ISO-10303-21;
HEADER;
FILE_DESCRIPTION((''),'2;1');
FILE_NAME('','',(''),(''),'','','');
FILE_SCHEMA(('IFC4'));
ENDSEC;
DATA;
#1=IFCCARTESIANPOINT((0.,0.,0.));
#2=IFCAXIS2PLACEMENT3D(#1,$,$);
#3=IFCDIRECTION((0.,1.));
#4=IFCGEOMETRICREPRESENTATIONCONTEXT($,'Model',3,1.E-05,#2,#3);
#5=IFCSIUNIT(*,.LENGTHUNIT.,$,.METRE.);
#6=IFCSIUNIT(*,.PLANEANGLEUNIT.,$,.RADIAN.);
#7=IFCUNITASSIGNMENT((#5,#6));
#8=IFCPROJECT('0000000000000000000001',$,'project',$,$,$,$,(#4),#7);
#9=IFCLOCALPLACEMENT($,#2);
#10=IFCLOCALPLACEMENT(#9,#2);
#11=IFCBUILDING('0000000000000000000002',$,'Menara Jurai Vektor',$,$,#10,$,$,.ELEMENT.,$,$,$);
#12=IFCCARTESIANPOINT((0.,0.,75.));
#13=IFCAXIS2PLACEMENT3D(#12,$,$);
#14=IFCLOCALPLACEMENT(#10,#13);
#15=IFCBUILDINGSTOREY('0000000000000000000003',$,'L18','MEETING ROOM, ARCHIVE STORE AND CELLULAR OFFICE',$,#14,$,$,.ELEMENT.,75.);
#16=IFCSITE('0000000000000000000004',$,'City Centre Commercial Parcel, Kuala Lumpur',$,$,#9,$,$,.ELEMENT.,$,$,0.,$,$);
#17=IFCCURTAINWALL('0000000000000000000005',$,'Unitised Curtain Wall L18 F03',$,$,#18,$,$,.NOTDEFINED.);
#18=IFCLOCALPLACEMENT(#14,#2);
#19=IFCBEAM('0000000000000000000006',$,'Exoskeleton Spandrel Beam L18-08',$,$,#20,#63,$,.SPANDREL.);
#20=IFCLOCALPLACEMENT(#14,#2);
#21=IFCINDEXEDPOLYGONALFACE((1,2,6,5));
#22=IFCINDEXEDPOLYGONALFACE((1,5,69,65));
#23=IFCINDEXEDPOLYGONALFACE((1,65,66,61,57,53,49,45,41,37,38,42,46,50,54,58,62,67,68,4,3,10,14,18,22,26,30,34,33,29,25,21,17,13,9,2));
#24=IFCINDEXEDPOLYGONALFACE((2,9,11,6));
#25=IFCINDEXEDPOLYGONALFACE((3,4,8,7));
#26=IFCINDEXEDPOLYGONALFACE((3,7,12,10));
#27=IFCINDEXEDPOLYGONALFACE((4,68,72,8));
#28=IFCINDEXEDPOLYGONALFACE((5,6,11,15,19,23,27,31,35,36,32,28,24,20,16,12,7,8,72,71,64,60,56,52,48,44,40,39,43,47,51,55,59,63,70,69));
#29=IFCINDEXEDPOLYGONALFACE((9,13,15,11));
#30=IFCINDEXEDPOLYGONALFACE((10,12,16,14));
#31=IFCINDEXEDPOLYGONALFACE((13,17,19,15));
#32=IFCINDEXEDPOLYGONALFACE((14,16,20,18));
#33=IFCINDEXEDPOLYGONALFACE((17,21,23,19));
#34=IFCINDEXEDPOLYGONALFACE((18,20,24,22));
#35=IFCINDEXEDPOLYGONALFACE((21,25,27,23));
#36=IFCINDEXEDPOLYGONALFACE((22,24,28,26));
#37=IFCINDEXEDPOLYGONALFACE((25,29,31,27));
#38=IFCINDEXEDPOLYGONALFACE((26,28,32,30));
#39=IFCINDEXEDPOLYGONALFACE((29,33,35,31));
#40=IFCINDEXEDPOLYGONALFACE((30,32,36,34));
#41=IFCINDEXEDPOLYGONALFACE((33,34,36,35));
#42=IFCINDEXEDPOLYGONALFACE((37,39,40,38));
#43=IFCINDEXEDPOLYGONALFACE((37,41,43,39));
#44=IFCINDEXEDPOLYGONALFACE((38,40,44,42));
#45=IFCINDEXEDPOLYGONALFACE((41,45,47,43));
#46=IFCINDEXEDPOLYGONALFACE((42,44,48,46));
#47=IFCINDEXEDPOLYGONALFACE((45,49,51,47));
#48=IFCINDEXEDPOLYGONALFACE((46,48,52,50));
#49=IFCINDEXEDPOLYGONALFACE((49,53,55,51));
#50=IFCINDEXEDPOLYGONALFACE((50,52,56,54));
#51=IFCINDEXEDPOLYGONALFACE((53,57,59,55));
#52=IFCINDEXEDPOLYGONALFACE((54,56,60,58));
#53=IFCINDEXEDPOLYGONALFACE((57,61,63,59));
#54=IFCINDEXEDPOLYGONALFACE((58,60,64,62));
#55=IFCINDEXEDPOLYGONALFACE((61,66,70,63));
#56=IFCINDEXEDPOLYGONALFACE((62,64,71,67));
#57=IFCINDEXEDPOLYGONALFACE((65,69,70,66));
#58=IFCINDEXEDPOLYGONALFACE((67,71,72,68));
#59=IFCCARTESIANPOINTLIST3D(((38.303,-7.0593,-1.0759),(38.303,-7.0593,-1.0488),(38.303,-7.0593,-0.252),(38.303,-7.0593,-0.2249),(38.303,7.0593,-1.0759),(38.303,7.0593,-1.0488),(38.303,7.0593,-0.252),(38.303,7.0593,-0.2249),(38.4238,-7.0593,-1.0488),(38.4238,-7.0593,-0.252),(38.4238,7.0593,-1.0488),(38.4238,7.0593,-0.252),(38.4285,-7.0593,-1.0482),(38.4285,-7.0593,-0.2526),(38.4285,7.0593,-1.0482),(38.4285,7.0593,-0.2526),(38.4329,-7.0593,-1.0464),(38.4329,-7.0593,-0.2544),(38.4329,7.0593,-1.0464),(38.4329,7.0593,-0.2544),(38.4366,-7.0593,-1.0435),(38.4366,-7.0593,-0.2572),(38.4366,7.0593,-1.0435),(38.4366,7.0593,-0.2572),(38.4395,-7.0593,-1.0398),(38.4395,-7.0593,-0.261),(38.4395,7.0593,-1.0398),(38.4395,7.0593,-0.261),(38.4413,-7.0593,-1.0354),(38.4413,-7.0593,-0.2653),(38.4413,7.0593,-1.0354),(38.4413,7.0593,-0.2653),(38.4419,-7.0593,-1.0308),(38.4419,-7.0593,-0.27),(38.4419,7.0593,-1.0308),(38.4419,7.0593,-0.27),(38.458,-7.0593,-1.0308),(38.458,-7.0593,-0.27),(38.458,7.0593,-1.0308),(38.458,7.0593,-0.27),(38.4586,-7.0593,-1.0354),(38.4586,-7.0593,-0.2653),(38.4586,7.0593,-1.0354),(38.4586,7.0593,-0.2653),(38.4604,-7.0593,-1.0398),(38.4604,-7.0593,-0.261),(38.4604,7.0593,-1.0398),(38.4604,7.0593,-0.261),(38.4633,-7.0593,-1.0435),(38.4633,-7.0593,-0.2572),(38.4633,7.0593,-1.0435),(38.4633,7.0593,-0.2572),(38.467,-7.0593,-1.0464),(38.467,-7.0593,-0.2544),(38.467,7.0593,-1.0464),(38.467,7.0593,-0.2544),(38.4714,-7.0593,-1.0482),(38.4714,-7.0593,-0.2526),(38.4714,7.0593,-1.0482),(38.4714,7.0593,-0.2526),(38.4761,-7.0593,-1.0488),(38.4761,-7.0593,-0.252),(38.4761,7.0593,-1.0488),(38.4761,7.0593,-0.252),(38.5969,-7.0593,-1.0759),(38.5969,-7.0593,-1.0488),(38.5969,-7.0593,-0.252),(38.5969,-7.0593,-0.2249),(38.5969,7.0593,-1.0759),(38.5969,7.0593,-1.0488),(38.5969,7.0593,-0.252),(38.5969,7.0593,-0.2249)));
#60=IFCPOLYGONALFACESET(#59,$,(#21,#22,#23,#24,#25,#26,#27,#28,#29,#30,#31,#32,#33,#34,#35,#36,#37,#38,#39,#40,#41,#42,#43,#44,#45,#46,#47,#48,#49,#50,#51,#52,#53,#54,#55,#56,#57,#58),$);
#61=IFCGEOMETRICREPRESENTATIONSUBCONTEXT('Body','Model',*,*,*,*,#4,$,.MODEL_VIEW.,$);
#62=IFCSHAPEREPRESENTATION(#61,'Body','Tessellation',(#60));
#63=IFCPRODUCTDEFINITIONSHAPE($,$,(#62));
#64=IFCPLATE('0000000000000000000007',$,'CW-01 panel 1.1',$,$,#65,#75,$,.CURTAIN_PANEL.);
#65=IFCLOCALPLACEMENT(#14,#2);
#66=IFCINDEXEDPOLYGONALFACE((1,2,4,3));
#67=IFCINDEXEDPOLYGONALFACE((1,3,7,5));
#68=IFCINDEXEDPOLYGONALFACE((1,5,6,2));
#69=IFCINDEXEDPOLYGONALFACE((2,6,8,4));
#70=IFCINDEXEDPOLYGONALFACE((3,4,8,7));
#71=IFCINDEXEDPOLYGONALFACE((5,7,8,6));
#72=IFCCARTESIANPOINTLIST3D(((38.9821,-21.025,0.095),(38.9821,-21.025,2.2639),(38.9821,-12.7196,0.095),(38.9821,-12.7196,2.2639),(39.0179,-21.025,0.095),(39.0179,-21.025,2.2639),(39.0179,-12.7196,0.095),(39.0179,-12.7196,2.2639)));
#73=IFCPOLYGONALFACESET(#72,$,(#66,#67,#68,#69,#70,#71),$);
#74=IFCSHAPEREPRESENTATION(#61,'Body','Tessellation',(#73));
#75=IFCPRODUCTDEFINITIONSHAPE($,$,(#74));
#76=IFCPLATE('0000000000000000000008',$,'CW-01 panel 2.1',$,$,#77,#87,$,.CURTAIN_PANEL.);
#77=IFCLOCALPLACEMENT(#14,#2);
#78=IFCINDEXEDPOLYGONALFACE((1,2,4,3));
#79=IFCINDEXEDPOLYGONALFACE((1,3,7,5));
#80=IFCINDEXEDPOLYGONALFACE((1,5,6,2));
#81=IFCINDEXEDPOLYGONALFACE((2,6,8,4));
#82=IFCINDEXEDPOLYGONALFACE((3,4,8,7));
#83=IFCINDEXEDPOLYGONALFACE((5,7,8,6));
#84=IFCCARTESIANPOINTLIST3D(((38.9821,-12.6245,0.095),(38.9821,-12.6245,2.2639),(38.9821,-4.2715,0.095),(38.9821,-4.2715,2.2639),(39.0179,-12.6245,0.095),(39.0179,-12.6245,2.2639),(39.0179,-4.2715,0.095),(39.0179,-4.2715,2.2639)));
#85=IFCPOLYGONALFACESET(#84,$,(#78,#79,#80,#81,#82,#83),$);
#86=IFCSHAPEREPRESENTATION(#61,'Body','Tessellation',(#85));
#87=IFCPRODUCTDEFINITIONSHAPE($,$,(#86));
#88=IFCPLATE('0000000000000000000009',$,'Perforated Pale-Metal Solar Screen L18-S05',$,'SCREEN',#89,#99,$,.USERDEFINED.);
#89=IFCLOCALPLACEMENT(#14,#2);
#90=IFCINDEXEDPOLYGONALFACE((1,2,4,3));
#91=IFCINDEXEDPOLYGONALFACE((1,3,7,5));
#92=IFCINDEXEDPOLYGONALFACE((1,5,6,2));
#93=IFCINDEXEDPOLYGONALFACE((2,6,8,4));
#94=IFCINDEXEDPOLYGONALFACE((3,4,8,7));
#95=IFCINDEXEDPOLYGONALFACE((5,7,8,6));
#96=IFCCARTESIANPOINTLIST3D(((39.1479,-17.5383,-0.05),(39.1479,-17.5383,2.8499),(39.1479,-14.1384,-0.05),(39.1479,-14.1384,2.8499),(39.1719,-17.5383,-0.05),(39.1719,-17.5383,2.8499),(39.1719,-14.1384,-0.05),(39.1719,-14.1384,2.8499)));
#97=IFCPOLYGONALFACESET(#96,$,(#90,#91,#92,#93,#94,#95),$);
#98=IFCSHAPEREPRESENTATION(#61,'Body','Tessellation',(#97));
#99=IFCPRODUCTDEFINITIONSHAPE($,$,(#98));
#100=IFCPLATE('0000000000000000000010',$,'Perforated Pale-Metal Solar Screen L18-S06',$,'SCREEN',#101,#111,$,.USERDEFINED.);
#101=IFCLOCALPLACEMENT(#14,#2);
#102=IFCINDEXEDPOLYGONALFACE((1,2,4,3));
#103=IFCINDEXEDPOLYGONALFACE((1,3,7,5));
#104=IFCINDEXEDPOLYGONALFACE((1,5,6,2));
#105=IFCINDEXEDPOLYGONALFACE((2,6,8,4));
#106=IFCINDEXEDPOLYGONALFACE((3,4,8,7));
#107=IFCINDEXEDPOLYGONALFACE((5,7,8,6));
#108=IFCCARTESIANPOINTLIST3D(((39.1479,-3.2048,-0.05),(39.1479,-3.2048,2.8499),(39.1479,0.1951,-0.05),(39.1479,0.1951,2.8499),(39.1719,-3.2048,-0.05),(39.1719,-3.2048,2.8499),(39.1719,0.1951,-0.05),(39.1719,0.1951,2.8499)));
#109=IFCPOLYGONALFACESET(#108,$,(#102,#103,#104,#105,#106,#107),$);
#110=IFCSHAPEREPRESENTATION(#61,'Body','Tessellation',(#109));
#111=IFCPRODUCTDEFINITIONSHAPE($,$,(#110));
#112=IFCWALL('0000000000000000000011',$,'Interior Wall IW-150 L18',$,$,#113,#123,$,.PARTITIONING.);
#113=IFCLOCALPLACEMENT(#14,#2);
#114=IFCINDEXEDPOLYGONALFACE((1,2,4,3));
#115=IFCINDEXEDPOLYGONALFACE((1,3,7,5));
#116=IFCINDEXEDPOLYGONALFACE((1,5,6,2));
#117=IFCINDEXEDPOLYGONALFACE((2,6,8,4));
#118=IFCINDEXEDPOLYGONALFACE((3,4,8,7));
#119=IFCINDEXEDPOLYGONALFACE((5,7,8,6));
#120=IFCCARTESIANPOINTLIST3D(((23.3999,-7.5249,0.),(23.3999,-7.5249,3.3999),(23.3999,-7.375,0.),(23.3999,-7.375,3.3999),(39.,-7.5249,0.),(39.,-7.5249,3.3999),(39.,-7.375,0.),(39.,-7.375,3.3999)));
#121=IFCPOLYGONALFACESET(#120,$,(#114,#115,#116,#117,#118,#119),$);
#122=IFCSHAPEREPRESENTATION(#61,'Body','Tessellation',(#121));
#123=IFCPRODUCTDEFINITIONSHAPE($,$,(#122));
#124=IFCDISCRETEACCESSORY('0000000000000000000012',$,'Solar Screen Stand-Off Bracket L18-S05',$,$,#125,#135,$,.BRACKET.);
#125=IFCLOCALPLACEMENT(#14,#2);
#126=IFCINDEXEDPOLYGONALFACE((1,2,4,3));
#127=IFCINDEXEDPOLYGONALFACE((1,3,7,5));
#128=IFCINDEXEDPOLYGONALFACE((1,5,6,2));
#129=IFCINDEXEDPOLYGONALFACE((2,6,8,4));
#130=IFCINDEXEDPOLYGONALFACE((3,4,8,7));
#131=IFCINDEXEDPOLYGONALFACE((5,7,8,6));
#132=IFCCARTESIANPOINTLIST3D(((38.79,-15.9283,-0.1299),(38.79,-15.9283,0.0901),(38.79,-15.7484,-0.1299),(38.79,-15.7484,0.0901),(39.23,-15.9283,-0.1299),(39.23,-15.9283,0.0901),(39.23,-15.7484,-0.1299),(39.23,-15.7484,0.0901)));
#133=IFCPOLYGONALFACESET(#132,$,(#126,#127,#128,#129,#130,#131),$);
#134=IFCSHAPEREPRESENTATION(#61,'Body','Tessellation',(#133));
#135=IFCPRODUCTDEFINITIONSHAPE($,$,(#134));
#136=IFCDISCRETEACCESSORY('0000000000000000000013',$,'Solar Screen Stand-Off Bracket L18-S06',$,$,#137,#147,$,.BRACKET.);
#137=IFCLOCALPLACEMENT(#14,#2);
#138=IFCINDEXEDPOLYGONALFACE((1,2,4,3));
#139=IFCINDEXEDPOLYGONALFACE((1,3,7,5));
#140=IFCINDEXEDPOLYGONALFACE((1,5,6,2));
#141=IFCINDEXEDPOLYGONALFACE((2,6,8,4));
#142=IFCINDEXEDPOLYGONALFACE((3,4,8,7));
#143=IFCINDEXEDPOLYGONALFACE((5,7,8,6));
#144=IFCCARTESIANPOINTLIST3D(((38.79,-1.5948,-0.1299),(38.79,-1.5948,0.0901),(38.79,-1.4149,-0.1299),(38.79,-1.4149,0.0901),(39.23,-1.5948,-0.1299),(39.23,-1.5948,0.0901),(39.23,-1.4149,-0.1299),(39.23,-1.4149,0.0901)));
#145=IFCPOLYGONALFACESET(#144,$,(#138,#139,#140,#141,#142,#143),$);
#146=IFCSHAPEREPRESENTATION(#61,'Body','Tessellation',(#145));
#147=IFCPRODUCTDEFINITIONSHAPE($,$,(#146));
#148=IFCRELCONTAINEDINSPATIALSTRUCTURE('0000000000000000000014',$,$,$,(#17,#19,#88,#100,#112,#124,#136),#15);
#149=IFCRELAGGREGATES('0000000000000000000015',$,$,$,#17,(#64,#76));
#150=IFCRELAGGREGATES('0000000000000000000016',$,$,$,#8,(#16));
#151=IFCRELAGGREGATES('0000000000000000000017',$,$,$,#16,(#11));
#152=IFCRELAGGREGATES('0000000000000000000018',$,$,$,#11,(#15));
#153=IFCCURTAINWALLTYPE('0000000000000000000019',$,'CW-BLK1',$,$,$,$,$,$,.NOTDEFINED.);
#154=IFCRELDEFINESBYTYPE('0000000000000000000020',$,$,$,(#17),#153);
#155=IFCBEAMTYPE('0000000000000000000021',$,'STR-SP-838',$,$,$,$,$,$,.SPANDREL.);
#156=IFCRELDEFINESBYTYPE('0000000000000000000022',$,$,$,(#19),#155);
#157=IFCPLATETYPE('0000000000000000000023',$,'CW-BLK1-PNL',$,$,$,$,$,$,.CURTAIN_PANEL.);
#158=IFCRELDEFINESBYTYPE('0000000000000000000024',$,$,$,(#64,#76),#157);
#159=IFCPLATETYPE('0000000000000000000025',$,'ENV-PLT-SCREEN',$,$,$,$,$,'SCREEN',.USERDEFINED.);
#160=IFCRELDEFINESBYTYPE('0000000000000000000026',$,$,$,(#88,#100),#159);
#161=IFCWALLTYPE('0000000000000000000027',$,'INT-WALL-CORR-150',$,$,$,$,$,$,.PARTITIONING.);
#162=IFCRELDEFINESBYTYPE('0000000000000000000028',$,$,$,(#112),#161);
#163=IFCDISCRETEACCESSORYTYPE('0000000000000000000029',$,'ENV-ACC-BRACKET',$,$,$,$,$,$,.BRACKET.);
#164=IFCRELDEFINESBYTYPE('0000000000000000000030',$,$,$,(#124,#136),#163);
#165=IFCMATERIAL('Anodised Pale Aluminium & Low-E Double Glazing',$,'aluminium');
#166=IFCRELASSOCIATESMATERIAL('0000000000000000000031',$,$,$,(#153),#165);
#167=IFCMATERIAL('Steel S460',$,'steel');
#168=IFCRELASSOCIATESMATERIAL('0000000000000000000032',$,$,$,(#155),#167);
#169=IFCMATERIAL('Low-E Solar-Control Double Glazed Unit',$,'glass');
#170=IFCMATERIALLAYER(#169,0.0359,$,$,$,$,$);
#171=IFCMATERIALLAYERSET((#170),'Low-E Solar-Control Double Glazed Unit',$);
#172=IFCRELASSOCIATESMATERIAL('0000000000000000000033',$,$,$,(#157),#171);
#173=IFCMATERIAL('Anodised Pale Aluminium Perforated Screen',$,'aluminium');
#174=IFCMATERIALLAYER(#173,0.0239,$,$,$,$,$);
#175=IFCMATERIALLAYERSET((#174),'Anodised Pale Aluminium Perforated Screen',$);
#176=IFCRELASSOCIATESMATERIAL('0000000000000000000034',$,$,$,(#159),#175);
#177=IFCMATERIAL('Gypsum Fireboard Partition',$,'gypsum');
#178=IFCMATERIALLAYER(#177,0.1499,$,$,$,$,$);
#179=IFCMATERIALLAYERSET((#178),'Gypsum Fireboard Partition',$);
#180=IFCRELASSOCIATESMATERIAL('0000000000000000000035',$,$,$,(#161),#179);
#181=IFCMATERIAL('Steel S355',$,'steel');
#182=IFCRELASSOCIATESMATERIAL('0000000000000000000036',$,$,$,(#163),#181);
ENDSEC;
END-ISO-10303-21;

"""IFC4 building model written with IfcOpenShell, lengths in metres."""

from ifc_helpers import new_model, si_unit, direction, frame, frame_2d, origin, origin_2d, place, context, subcontext, project, spatial, rectangle, i_section, extrude, material, layer, layer_set, material_profile, profile_set, type_object, element, aggregate, save


model = new_model("IFC4")

# Units and contexts
model_context = context("Model", 3, precision=1e-05, world=origin(), true_north=direction((0.0, 1.0)))
body_context = subcontext(model_context, "Body", "Model", "MODEL_VIEW")
ifc_project = project(units=[si_unit("LENGTHUNIT", "METRE"), si_unit("PLANEANGLEUNIT", "RADIAN")], contexts=[model_context])

# Site, building, storey
site_placement = place(None, origin())
site = spatial("IfcSite", under=ifc_project, at=site_placement, Name="City Centre Commercial Parcel, Kuala Lumpur", CompositionType="ELEMENT", RefElevation=0.0)
building_placement = place(site_placement, origin())
building = spatial("IfcBuilding", under=site, at=building_placement, Name="Menara Jurai Vektor", CompositionType="ELEMENT")
storey_placement = place(building_placement, frame((0.0, 0.0, 75.0)))
storey = spatial("IfcBuildingStorey", under=building, at=storey_placement, Name="L18", Description="MEETING ROOM, ARCHIVE STORE AND CELLULAR OFFICE", CompositionType="ELEMENT", Elevation=75.0)

# Shared definitions
ifc_material_1 = material(Name="Steel S460", Category="steel")

# Curtain wall
ifc_material_2 = material(Name="Anodised Pale Aluminium & Low-E Double Glazing", Category="aluminium")
curtain_wall_type = type_object("IfcCurtainWallType", Name="CW-BLK1", PredefinedType="NOTDEFINED", material=ifc_material_2)
curtain_wall_placement = place(storey_placement, origin())
curtain_wall = element("IfcCurtainWall", 1, at=curtain_wall_placement, inside=storey, type_object=curtain_wall_type, Name="Unitised Curtain Wall L18 F03", PredefinedType="NOTDEFINED")

# Shared definitions
ifc_material_3 = material(Name="Steel S355", Category="steel")

# Beam
ifc_material_profile_1 = material_profile(ifc_material_1, i_section(OverallWidth=0.2939, OverallDepth=0.8511, WebThickness=0.0161, FlangeThickness=0.0271, FilletRadius=0.0181, at=origin_2d()), Name="UKB 838x292x226")
ifc_profile_set_1 = profile_set([ifc_material_profile_1], Name="Steel S460")
beam_type_1 = type_object("IfcBeamType", Name="STR-SP-838", PredefinedType="SPANDREL", material=ifc_profile_set_1)
beam_1_placement = place(storey_placement, frame((38.45, -7.0593, -0.6504), z_axis=(0.0, 1.0, 0.0), x_axis=(-1.0, 0.0, 0.0)))
element("IfcBeam", 2, at=beam_1_placement, inside=storey, type_object=beam_type_1, Name="Exoskeleton Spandrel Beam L18-08", PredefinedType="SPANDREL", context=body_context, shape_type="SweptSolid", body=[
    extrude(i_section(OverallWidth=0.2939, OverallDepth=0.8511, WebThickness=0.0161, FlangeThickness=0.0271, FilletRadius=0.0181, at=origin_2d()), origin(), (0.0, 0.0, 1.0), 14.1187),
])

# Plates
ifc_material_4 = material(Name="Low-E Solar-Control Double Glazed Unit", Category="glass")
ifc_layer_1 = layer(ifc_material_4, 0.0359)
ifc_layer_set_1 = layer_set([ifc_layer_1], Name="Low-E Solar-Control Double Glazed Unit")
plate_type_1 = type_object("IfcPlateType", Name="CW-BLK1-PNL", PredefinedType="CURTAIN_PANEL", material=ifc_layer_set_1)
plate_1_placement = place(storey_placement, frame((39.0, -16.8723, 0.095), z_axis=(0.0, 0.0, 1.0), x_axis=(0.0, 1.0, 0.0)))
plate_1 = element("IfcPlate", 3, at=plate_1_placement, type_object=plate_type_1, Name="CW-01 panel 1.1", PredefinedType="CURTAIN_PANEL", context=body_context, shape_type="SweptSolid", body=[
    extrude(rectangle(XDim=8.3054, YDim=0.0359, at=origin_2d()), origin(), (0.0, 0.0, 1.0), 2.1689),
])
plate_2_placement = place(storey_placement, frame((39.0, -8.448, 0.095), z_axis=(0.0, 0.0, 1.0), x_axis=(0.0, 1.0, 0.0)))
plate_2 = element("IfcPlate", 4, at=plate_2_placement, type_object=plate_type_1, Name="CW-01 panel 2.1", PredefinedType="CURTAIN_PANEL", context=body_context, shape_type="SweptSolid", body=[
    extrude(rectangle(XDim=8.353, YDim=0.0359, at=origin_2d()), origin(), (0.0, 0.0, 1.0), 2.1689),
])
aggregate(curtain_wall, [plate_1, plate_2])

# Plates
ifc_material_5 = material(Name="Anodised Pale Aluminium Perforated Screen", Category="aluminium")
ifc_layer_2 = layer(ifc_material_5, 0.0239)
ifc_layer_set_2 = layer_set([ifc_layer_2], Name="Anodised Pale Aluminium Perforated Screen")
plate_type_2 = type_object("IfcPlateType", Name="ENV-PLT-SCREEN", ElementType="SCREEN", PredefinedType="USERDEFINED", material=ifc_layer_set_2)
for number, where, z_axis, x_axis, name in (
    (5, (39.1599, -15.8384, -0.05), (0.0, 0.0, 1.0), (0.0, 1.0, 0.0), "Perforated Pale-Metal Solar Screen L18-S05"),
    (6, (39.1599, -1.5049, -0.05), (0.0, 0.0, 1.0), (0.0, 1.0, 0.0), "Perforated Pale-Metal Solar Screen L18-S06"),
):
    element("IfcPlate", number, at=place(storey_placement, frame(where, z_axis=z_axis, x_axis=x_axis)), inside=storey, type_object=plate_type_2, Name=name, ObjectType="SCREEN", PredefinedType="USERDEFINED", context=body_context, shape_type="SweptSolid", body=[
        extrude(rectangle(XDim=3.3999, YDim=0.0239, at=origin_2d()), origin(), (0.0, 0.0, 1.0), 2.8999),
    ])

# Wall
ifc_material_6 = material(Name="Gypsum Fireboard Partition", Category="gypsum")
ifc_layer_3 = layer(ifc_material_6, 0.1499)
ifc_layer_set_3 = layer_set([ifc_layer_3], Name="Gypsum Fireboard Partition")
wall_type = type_object("IfcWallType", Name="INT-WALL-CORR-150", PredefinedType="PARTITIONING", material=ifc_layer_set_3)
wall_placement = place(storey_placement, frame((23.3999, -7.45, 0.0), z_axis=(0.0, 0.0, 1.0), x_axis=(1.0, 0.0, 0.0)))
element("IfcWall", 7, at=wall_placement, inside=storey, type_object=wall_type, Name="Interior Wall IW-150 L18", PredefinedType="PARTITIONING", context=body_context, shape_type="SweptSolid", body=[
    extrude(rectangle(XDim=15.6001, YDim=0.1499, at=frame_2d((7.8, 0.0))), origin(), (0.0, 0.0, 1.0), 3.3999),
])

# Discrete accessories
discrete_accessory_type = type_object("IfcDiscreteAccessoryType", Name="ENV-ACC-BRACKET", PredefinedType="BRACKET", material=ifc_material_3)
for number, where, z_axis, x_axis, name in (
    (8, (39.01, -15.8384, -0.1299), (0.0, 0.0, 1.0), (0.0, 1.0, 0.0), "Solar Screen Stand-Off Bracket L18-S05"),
    (9, (39.01, -1.5049, -0.1299), (0.0, 0.0, 1.0), (0.0, 1.0, 0.0), "Solar Screen Stand-Off Bracket L18-S06"),
):
    element("IfcDiscreteAccessory", number, at=place(storey_placement, frame(where, z_axis=z_axis, x_axis=x_axis)), inside=storey, type_object=discrete_accessory_type, Name=name, PredefinedType="BRACKET", context=body_context, shape_type="SweptSolid", body=[
        extrude(rectangle(XDim=0.1799, YDim=0.4399, at=origin_2d()), origin(), (0.0, 0.0, 1.0), 0.22),
    ])

save(model, "model.ifc")
